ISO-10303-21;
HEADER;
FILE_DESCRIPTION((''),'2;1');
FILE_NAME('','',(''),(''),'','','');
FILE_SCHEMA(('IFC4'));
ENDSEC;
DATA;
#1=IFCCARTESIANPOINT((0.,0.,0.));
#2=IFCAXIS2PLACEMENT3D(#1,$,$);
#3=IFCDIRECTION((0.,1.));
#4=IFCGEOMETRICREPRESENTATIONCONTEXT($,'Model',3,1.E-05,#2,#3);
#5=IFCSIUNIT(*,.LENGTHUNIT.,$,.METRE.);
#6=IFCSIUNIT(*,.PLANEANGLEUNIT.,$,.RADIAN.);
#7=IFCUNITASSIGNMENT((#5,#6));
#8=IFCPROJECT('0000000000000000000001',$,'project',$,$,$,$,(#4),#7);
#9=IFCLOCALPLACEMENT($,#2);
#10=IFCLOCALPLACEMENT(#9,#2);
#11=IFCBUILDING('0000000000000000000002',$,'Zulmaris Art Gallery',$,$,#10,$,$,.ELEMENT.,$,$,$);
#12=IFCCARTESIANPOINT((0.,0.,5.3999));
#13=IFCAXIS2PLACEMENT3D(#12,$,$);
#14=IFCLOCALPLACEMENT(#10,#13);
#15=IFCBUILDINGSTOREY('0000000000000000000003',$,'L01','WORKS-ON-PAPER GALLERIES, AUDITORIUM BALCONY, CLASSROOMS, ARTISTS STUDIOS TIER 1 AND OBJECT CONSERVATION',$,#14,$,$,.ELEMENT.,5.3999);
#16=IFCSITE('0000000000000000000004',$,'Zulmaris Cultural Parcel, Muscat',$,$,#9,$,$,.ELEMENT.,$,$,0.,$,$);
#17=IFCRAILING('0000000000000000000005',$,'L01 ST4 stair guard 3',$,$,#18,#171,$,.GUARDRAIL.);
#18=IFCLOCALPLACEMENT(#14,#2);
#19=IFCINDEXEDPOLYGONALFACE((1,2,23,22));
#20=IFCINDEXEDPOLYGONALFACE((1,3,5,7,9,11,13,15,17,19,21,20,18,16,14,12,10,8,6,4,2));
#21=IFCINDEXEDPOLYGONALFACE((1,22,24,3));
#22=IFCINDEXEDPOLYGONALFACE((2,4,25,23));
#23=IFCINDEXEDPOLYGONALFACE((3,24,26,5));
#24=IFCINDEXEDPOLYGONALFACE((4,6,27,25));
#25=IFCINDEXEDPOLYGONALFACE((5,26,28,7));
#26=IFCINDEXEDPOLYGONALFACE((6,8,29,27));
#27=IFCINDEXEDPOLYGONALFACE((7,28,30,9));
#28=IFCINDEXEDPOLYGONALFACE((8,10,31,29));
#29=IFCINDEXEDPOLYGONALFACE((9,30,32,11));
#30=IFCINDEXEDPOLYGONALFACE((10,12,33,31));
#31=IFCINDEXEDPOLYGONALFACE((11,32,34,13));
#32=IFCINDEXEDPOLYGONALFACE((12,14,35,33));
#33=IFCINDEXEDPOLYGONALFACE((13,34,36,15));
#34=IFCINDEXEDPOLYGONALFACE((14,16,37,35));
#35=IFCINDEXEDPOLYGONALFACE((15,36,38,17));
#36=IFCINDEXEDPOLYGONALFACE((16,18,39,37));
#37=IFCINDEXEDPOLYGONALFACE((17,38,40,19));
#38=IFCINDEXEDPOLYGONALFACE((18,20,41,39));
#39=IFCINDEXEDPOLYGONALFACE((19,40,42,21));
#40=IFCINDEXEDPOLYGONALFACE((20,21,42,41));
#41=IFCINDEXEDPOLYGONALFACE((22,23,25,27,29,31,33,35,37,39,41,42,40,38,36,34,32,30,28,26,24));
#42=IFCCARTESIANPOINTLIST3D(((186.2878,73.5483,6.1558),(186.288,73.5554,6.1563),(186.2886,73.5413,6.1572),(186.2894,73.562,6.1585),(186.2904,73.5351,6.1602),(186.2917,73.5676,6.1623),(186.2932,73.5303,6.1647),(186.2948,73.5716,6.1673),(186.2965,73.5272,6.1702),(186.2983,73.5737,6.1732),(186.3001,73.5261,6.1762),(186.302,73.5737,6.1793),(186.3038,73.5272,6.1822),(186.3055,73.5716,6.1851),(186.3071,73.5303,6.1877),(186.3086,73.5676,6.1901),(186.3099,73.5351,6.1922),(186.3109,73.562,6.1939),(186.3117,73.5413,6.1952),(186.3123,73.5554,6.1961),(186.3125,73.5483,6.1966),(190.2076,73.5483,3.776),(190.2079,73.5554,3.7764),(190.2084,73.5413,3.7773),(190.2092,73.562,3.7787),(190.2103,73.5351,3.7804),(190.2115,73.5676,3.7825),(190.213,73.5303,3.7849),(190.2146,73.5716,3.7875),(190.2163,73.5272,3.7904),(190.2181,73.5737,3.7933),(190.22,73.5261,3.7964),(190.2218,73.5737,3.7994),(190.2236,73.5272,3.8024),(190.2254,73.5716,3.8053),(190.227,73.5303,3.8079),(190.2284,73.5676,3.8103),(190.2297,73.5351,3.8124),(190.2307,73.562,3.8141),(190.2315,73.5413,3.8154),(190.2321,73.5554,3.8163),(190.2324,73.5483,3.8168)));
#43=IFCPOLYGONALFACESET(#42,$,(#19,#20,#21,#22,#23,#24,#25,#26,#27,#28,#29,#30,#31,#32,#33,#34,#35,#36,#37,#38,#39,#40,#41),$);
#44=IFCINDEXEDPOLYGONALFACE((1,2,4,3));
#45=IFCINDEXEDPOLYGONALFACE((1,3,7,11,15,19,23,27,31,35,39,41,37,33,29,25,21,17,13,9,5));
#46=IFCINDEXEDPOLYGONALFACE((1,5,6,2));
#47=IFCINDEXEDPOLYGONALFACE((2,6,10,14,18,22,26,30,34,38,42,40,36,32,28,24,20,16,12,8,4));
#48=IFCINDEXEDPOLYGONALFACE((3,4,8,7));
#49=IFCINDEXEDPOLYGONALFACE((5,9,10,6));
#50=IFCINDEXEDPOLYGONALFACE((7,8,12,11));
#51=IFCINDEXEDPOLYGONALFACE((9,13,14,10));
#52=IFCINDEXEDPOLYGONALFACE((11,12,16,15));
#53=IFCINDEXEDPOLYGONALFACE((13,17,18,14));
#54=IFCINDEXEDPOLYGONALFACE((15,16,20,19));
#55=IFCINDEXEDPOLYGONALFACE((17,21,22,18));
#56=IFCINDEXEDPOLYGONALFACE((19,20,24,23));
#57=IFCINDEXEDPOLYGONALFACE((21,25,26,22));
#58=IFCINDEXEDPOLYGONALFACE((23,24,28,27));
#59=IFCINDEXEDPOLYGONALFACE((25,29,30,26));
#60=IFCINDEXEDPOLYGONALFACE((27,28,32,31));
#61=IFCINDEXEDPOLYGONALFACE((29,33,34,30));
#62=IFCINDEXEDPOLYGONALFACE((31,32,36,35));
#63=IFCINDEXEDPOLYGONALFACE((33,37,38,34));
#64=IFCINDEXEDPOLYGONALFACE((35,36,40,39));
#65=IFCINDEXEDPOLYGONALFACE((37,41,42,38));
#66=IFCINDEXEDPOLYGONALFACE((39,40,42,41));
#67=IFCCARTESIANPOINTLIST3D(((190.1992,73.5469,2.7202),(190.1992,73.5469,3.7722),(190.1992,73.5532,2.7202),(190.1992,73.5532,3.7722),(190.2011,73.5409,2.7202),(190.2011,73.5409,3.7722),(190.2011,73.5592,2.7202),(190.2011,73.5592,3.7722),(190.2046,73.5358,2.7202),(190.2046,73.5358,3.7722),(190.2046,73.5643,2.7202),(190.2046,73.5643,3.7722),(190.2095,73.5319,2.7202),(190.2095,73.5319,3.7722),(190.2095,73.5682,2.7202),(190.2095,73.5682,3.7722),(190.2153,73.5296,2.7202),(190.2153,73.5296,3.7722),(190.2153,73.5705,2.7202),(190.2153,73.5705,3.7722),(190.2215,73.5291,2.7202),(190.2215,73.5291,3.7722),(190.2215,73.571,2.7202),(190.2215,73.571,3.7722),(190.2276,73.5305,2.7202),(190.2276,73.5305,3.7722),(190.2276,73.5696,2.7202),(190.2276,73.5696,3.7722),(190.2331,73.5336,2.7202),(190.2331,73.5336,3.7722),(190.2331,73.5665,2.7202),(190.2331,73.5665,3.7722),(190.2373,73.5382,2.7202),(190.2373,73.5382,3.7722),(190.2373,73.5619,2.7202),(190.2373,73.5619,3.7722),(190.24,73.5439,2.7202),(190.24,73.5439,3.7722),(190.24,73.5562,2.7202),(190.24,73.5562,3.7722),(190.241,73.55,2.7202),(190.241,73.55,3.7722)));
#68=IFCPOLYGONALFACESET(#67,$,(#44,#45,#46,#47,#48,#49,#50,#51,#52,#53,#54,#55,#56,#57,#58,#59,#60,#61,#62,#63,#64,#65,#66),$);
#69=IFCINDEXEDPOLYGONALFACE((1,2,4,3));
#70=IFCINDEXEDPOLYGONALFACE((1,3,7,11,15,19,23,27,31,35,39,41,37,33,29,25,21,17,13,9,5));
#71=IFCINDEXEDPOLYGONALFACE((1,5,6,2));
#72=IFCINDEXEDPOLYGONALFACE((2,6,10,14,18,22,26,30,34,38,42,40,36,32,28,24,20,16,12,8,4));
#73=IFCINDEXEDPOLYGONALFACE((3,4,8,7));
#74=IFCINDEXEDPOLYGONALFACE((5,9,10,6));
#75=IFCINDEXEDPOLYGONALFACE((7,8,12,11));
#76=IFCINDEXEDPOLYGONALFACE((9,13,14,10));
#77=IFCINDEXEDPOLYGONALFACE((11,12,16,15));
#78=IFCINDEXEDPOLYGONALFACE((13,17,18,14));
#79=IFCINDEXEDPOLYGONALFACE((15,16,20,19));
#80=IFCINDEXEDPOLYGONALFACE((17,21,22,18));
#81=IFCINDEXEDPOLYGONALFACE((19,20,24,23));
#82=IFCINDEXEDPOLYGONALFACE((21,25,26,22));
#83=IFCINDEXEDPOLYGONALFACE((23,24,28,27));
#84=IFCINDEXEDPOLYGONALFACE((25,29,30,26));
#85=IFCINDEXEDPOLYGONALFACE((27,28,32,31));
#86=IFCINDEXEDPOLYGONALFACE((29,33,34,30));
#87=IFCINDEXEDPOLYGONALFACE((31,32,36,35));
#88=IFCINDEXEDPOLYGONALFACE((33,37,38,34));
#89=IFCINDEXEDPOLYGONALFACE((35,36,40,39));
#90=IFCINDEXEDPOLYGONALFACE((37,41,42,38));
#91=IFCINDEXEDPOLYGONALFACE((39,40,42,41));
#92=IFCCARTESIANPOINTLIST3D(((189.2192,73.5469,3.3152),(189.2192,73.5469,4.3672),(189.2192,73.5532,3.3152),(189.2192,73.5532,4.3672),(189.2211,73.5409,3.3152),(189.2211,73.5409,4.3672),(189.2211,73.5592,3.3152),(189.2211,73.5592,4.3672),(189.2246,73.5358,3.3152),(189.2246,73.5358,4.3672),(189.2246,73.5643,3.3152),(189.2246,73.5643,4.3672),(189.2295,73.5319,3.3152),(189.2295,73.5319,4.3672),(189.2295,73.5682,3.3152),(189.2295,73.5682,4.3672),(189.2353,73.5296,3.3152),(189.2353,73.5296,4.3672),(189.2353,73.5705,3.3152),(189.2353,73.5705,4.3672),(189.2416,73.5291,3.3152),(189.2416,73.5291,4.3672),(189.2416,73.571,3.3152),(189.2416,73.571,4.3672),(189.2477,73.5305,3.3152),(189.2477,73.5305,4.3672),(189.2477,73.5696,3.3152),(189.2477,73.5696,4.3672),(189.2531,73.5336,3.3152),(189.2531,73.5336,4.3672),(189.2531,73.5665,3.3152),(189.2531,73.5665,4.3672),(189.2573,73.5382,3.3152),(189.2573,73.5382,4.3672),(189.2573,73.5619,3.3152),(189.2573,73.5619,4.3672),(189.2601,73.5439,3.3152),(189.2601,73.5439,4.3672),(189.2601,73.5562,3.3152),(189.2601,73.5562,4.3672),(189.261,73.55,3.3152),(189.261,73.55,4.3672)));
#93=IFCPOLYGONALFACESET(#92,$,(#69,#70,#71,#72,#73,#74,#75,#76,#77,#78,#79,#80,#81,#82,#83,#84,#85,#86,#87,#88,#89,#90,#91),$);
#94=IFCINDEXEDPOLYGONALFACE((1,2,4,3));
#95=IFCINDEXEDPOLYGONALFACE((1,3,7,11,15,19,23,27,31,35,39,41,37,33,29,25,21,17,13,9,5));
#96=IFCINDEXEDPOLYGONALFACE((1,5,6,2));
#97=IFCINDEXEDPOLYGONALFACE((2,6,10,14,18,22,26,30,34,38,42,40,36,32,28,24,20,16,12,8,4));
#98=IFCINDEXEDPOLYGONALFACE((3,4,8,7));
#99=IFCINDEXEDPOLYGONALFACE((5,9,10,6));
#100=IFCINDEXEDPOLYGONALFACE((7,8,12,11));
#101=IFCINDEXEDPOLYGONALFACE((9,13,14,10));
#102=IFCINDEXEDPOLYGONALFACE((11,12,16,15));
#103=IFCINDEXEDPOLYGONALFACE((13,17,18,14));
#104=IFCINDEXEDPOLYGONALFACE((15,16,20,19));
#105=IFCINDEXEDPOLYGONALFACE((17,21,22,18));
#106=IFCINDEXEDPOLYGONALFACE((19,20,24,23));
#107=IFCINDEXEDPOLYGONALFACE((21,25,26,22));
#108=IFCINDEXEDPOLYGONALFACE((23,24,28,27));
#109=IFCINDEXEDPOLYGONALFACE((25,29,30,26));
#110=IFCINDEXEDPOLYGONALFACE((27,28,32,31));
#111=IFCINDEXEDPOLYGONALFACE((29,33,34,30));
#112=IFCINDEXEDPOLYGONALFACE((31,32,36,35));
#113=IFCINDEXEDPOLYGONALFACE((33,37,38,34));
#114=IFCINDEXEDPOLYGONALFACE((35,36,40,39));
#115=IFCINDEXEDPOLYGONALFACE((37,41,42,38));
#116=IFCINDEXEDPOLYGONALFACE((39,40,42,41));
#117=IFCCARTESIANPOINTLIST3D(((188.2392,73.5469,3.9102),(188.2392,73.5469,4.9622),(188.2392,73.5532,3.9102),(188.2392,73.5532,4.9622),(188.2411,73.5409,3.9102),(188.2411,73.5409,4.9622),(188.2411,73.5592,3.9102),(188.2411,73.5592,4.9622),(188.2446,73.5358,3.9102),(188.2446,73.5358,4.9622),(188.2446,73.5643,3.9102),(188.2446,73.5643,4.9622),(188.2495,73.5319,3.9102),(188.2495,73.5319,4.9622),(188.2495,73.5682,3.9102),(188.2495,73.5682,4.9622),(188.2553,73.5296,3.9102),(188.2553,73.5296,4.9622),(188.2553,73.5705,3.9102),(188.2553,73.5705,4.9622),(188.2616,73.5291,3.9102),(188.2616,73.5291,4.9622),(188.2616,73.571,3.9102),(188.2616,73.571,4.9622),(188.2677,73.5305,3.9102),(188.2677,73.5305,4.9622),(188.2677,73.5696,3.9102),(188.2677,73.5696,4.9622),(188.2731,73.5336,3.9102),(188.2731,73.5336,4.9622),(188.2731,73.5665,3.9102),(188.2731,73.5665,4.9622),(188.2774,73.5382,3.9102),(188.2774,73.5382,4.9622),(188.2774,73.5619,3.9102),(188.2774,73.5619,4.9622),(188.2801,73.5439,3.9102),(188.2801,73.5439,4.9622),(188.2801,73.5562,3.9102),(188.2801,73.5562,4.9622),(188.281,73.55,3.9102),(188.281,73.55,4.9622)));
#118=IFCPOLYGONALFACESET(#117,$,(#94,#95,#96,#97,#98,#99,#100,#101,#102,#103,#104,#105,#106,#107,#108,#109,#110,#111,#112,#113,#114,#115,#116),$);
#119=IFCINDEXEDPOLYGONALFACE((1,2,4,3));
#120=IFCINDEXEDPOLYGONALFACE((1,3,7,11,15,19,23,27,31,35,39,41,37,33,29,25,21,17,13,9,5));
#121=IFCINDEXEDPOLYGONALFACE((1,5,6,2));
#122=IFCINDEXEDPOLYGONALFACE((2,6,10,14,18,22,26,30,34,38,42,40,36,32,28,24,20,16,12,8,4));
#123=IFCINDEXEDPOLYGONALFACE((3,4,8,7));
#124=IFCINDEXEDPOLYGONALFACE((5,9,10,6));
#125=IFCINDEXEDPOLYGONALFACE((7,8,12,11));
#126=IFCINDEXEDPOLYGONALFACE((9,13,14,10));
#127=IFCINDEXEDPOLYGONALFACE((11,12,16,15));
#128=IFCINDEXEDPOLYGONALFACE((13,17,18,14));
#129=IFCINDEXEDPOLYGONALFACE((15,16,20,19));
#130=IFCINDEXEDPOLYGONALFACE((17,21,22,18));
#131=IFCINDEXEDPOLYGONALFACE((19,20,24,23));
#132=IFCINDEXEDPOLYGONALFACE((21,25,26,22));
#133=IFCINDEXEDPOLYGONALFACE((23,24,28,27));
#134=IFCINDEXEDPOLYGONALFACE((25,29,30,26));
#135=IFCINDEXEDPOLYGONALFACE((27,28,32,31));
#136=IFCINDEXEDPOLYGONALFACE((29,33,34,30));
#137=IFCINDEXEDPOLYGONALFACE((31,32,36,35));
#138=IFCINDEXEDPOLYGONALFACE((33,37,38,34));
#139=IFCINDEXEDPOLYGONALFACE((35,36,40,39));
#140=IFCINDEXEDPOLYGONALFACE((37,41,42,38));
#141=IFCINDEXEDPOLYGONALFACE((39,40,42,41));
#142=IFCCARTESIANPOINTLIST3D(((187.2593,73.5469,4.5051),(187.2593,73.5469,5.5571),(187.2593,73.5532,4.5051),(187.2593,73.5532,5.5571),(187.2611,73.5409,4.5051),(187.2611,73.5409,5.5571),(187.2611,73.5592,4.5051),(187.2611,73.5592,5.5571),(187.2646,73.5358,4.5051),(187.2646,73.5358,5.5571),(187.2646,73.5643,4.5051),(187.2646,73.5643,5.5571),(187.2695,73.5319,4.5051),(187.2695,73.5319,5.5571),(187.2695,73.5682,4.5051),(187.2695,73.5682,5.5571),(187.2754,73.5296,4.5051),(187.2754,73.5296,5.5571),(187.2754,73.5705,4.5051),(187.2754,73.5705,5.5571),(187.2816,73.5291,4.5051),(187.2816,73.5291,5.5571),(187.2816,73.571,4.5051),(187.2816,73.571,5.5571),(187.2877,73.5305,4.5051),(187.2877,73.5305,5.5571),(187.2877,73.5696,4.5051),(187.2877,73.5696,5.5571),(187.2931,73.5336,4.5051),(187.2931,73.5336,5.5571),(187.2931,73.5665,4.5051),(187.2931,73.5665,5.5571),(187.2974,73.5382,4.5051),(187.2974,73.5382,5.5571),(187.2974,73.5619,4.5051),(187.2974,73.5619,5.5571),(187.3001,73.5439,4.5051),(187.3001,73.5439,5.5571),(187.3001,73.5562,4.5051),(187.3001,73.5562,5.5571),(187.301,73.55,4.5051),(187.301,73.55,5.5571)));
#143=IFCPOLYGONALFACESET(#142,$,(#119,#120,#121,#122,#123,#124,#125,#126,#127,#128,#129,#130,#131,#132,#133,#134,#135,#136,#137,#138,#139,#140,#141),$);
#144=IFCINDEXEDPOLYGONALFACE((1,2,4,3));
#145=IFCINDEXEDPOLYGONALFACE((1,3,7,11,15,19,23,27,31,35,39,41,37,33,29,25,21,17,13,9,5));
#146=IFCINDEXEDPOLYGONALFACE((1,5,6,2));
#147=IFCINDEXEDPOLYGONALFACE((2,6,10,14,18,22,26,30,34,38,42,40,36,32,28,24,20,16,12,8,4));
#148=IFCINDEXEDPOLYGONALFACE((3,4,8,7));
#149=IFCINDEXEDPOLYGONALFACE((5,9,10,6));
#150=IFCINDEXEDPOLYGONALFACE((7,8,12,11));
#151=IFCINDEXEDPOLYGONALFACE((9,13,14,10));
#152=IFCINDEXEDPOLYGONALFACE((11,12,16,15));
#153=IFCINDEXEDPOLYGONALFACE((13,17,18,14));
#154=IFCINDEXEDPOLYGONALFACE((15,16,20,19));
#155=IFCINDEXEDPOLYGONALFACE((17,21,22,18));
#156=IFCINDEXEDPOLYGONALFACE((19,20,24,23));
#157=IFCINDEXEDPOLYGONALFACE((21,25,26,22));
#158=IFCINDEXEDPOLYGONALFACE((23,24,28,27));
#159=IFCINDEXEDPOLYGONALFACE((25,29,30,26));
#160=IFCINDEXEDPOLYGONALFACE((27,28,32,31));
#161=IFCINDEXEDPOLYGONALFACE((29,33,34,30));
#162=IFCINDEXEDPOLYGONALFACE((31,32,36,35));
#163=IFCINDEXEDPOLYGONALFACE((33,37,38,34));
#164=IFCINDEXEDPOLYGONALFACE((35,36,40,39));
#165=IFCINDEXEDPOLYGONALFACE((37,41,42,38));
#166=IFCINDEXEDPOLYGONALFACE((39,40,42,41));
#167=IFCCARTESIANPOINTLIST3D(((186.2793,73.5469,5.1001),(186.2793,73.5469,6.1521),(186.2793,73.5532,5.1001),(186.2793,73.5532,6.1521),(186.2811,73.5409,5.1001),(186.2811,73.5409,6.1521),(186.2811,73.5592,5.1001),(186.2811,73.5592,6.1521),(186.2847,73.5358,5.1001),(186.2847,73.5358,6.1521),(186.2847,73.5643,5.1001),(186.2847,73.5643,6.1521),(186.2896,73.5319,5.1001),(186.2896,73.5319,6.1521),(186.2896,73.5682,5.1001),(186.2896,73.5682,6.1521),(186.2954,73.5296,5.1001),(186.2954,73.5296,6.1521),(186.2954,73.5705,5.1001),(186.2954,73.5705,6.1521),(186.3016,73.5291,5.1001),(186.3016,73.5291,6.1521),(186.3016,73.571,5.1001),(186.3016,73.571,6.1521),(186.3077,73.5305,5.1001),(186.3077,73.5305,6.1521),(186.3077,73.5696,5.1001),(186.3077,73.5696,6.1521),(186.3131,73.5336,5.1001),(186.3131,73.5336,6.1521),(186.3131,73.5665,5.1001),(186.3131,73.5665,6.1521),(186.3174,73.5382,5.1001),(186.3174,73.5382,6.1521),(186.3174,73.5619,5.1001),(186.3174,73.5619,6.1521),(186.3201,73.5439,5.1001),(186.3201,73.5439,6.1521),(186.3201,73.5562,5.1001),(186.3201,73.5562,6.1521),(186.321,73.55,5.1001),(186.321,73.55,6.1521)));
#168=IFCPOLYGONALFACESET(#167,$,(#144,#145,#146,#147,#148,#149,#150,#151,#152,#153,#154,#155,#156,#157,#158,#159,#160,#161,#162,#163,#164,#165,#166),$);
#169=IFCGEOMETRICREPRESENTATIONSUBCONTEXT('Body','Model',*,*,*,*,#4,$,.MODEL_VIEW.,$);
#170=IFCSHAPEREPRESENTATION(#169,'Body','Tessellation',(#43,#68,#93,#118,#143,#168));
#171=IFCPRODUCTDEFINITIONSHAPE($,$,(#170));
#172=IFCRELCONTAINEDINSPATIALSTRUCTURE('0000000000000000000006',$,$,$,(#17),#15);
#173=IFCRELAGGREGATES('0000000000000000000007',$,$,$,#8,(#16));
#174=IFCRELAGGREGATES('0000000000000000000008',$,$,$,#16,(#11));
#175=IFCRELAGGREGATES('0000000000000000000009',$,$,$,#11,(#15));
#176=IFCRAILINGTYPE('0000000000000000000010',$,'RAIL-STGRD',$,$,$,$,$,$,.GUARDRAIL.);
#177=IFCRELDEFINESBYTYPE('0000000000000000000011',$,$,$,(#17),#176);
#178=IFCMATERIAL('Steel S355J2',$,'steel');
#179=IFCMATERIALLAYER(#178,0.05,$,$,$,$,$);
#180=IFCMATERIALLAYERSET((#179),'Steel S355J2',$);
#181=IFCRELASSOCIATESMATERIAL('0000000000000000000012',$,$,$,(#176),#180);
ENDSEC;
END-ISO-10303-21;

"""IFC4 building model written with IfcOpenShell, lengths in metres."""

from ifc_helpers import new_model, si_unit, direction, frame, origin, origin_2d, place, context, subcontext, project, spatial, circle, extrude, material, layer, layer_set, type_object, element, save


model = new_model("IFC4")

# Units and contexts
model_context = context("Model", 3, precision=1e-05, world=origin(), true_north=direction((0.0, 1.0)))
body_context = subcontext(model_context, "Body", "Model", "MODEL_VIEW")
ifc_project = project(units=[si_unit("LENGTHUNIT", "METRE"), si_unit("PLANEANGLEUNIT", "RADIAN")], contexts=[model_context])

# Site, building, storey
site_placement = place(None, origin())
site = spatial("IfcSite", under=ifc_project, at=site_placement, Name="Zulmaris Cultural Parcel, Muscat", CompositionType="ELEMENT", RefElevation=0.0)
building_placement = place(site_placement, origin())
building = spatial("IfcBuilding", under=site, at=building_placement, Name="Zulmaris Art Gallery", CompositionType="ELEMENT")
storey_placement = place(building_placement, frame((0.0, 0.0, 5.3999)))
storey = spatial("IfcBuildingStorey", under=building, at=storey_placement, Name="L01", Description="WORKS-ON-PAPER GALLERIES, AUDITORIUM BALCONY, CLASSROOMS, ARTISTS STUDIOS TIER 1 AND OBJECT CONSERVATION", CompositionType="ELEMENT", Elevation=5.3999)

# Shared definitions
ifc_material_1 = material(Name="Steel S355J2", Category="steel")

# Railing
ifc_layer_1 = layer(ifc_material_1, 0.05)
ifc_layer_set_1 = layer_set([ifc_layer_1], Name="Steel S355J2")
railing_type_1 = type_object("IfcRailingType", Name="RAIL-STGRD", PredefinedType="GUARDRAIL", material=ifc_layer_set_1)
railing_1_placement = place(storey_placement, frame((190.22, 73.55, 2.7202)))
element("IfcRailing", 1, at=railing_1_placement, inside=storey, type_object=railing_type_1, Name="L01 ST4 stair guard 3", PredefinedType="GUARDRAIL", context=body_context, shape_type="SweptSolid", body=[
    extrude(circle(Radius=0.0239, at=origin_2d()), frame((0.0, 0.0, 1.0762), z_axis=(-0.854794, 0.0, 0.518967), x_axis=(0.0, -1.0, 0.0)), (0.0, 0.0, 1.0), 4.5857),
    extrude(circle(Radius=0.021, at=origin_2d()), origin(), (0.0, 0.0, 1.0), 1.052),
    extrude(circle(Radius=0.021, at=origin_2d()), frame((-0.98, 0.0, 0.595)), (0.0, 0.0, 1.0), 1.052),
    extrude(circle(Radius=0.021, at=origin_2d()), frame((-1.96, 0.0, 1.1899)), (0.0, 0.0, 1.0), 1.052),
    extrude(circle(Radius=0.021, at=origin_2d()), frame((-2.9399, 0.0, 1.7849)), (0.0, 0.0, 1.0), 1.052),
    extrude(circle(Radius=0.021, at=origin_2d()), frame((-3.9199, 0.0, 2.3799)), (0.0, 0.0, 1.0), 1.052),
])

save(model, "model.ifc")
